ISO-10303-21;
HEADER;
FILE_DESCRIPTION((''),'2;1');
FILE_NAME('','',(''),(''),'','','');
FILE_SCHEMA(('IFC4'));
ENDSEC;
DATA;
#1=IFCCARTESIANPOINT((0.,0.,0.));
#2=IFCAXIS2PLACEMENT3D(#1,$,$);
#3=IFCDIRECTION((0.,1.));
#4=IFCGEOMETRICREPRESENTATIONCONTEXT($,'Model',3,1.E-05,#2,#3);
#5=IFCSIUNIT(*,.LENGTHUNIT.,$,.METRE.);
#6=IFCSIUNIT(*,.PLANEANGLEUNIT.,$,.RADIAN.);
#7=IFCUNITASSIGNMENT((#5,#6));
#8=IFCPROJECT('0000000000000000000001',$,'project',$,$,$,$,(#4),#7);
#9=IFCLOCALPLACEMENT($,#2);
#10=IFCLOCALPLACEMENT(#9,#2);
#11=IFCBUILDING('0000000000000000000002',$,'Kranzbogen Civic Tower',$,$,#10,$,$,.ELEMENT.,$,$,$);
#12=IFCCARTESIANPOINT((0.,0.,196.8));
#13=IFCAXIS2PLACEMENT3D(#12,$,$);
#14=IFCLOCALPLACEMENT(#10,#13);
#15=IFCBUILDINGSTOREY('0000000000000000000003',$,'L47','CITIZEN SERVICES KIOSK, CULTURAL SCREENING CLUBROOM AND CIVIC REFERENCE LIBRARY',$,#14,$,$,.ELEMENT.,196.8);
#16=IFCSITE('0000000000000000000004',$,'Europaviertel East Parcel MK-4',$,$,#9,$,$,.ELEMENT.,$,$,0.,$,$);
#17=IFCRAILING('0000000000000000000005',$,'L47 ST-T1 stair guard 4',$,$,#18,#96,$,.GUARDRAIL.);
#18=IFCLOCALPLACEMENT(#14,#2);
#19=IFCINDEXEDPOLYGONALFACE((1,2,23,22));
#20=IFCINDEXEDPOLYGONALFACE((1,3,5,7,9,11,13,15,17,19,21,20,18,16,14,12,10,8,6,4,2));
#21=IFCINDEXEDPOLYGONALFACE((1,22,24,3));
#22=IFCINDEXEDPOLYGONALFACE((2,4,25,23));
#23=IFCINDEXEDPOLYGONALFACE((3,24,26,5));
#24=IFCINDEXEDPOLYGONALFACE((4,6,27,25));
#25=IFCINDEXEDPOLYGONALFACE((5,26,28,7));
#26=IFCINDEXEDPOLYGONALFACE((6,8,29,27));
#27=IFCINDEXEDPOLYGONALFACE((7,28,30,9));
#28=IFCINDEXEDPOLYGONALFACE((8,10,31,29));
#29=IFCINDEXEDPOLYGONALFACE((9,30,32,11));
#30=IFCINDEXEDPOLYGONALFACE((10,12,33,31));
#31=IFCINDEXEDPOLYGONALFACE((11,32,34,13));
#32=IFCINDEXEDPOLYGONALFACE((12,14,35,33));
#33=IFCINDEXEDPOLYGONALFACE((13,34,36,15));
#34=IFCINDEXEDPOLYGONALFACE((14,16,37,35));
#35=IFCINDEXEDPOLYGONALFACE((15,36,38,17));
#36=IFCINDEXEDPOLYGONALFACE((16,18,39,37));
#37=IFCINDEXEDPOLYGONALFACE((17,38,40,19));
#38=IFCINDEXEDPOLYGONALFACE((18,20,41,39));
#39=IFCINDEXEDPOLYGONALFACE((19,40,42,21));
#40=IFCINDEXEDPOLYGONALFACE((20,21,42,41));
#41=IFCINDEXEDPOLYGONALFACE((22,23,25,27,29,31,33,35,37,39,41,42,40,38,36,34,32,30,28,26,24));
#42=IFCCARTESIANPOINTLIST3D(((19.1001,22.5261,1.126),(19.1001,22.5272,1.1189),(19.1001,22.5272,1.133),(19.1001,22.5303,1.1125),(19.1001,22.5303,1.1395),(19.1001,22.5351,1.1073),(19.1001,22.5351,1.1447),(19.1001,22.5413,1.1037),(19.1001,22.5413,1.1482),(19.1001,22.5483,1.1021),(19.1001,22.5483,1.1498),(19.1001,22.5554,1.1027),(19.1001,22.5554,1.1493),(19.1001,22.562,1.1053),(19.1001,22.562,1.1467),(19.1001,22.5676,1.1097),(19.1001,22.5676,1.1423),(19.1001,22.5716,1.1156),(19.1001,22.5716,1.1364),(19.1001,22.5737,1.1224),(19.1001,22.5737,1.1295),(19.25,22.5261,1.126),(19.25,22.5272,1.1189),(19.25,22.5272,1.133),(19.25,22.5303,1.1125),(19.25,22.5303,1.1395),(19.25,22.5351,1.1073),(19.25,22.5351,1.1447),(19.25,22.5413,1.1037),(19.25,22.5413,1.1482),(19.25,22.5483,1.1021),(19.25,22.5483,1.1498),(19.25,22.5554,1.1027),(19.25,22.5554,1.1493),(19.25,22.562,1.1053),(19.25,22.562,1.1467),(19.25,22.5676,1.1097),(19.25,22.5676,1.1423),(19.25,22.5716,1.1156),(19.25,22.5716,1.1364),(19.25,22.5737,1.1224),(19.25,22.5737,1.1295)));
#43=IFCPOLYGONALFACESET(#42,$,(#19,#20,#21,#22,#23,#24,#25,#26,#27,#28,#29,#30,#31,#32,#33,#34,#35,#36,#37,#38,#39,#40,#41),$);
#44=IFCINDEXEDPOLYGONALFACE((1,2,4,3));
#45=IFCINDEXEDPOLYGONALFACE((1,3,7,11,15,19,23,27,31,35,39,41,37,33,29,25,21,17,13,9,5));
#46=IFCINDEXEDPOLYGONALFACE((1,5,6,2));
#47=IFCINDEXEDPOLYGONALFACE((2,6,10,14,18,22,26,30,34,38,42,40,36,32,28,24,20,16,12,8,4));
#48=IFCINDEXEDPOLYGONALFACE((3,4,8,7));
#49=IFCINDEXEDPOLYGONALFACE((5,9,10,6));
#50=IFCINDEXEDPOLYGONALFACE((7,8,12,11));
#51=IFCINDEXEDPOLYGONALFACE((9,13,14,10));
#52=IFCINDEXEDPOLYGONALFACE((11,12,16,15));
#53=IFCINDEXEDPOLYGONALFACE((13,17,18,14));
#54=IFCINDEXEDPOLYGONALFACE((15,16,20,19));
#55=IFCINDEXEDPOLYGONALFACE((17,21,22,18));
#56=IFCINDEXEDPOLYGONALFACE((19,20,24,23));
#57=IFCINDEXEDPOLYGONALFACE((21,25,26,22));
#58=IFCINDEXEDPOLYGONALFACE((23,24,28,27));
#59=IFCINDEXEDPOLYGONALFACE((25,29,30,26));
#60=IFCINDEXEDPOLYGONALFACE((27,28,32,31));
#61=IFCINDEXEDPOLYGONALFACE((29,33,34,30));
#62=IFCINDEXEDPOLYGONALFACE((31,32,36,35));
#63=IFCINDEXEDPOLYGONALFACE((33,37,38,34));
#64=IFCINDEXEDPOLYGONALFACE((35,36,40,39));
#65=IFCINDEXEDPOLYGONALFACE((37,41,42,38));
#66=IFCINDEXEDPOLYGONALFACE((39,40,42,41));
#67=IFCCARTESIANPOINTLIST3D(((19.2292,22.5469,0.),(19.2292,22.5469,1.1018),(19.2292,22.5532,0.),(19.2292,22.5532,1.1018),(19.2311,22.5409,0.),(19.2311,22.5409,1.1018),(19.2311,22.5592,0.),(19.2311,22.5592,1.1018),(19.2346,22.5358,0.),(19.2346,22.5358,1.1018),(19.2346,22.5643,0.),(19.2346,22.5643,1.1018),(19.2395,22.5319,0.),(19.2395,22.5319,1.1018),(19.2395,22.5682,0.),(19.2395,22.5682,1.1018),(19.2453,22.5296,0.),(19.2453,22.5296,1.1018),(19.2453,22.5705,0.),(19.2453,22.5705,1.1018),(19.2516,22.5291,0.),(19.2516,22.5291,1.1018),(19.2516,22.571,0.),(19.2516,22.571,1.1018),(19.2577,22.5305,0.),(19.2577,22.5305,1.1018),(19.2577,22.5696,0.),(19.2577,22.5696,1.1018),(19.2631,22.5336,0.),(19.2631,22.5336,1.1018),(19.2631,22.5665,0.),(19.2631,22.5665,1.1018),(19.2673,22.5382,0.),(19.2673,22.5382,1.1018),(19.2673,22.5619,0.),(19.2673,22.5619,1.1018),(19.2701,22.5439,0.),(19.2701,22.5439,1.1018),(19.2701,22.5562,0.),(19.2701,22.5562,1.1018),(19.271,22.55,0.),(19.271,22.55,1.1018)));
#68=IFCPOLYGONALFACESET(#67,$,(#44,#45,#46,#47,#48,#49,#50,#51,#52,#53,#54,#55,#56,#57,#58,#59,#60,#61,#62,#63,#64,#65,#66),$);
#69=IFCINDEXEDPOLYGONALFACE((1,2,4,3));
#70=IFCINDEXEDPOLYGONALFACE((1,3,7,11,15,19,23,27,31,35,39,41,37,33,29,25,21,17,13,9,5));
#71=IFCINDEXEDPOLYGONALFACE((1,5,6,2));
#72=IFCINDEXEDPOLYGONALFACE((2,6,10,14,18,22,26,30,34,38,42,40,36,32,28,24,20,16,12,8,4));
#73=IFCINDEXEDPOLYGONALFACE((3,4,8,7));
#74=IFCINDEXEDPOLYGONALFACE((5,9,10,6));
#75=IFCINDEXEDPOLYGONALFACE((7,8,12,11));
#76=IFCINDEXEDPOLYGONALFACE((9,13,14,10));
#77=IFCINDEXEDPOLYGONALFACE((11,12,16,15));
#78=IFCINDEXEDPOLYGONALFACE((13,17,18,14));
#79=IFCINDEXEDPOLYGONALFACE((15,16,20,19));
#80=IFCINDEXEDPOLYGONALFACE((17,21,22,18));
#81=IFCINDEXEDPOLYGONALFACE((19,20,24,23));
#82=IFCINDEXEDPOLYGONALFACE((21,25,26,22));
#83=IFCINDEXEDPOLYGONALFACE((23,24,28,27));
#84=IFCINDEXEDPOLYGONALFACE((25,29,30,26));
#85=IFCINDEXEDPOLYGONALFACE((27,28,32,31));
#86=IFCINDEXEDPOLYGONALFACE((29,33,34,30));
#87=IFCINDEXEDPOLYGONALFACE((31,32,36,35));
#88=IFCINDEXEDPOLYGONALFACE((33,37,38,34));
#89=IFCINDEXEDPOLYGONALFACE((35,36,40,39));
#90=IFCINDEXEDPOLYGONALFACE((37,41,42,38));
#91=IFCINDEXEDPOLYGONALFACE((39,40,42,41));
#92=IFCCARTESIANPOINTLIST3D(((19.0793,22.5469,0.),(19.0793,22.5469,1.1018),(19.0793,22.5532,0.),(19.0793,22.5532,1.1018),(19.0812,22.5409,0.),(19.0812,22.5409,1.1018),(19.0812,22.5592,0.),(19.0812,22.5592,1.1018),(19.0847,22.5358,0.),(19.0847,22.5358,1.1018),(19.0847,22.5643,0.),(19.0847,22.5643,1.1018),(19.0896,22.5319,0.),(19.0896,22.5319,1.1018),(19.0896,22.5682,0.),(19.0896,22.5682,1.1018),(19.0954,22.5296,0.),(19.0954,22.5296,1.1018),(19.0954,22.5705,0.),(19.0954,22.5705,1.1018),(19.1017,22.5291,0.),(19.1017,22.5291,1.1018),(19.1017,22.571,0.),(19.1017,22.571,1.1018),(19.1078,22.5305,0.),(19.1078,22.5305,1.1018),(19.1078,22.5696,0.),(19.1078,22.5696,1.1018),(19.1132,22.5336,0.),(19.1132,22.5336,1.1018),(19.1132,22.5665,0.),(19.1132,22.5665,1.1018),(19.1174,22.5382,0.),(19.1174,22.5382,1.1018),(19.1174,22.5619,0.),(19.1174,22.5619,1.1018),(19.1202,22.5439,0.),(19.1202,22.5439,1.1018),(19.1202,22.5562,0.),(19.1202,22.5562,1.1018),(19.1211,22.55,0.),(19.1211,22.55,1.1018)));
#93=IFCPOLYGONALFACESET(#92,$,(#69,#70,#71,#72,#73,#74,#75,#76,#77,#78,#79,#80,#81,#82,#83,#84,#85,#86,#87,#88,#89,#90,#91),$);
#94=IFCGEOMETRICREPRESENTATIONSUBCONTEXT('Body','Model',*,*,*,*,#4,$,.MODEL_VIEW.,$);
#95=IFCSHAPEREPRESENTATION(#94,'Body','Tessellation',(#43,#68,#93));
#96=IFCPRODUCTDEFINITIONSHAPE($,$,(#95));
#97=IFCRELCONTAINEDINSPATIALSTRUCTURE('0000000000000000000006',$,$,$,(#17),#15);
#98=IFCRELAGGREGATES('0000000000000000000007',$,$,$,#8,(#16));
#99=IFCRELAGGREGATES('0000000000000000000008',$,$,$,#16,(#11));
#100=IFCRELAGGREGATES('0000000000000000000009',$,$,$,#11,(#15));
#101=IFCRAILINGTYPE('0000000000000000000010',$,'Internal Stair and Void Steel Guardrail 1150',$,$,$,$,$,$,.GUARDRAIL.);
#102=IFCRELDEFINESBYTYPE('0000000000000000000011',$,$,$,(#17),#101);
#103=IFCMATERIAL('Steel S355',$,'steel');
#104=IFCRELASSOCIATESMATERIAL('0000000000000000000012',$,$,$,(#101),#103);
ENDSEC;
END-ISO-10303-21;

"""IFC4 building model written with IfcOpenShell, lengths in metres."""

from ifc_helpers import new_model, si_unit, direction, frame, origin, origin_2d, place, context, subcontext, project, spatial, circle, extrude, material, type_object, element, save


model = new_model("IFC4")

# Units and contexts
model_context = context("Model", 3, precision=1e-05, world=origin(), true_north=direction((0.0, 1.0)))
body_context = subcontext(model_context, "Body", "Model", "MODEL_VIEW")
ifc_project = project(units=[si_unit("LENGTHUNIT", "METRE"), si_unit("PLANEANGLEUNIT", "RADIAN")], contexts=[model_context])

# Site, building, storey
site_placement = place(None, origin())
site = spatial("IfcSite", under=ifc_project, at=site_placement, Name="Europaviertel East Parcel MK-4", CompositionType="ELEMENT", RefElevation=0.0)
building_placement = place(site_placement, origin())
building = spatial("IfcBuilding", under=site, at=building_placement, Name="Kranzbogen Civic Tower", CompositionType="ELEMENT")
storey_placement = place(building_placement, frame((0.0, 0.0, 196.8)))
storey = spatial("IfcBuildingStorey", under=building, at=storey_placement, Name="L47", Description="CITIZEN SERVICES KIOSK, CULTURAL SCREENING CLUBROOM AND CIVIC REFERENCE LIBRARY", CompositionType="ELEMENT", Elevation=196.8)

# Shared definitions
ifc_material_1 = material(Name="Steel S355", Category="steel")

# Railing
railing_type_1 = type_object("IfcRailingType", Name="Internal Stair and Void Steel Guardrail 1150", PredefinedType="GUARDRAIL", material=ifc_material_1)
railing_1_placement = place(storey_placement, frame((19.25, 22.55, 0.0)))
element("IfcRailing", 1, at=railing_1_placement, inside=storey, type_object=railing_type_1, Name="L47 ST-T1 stair guard 4", PredefinedType="GUARDRAIL", context=body_context, shape_type="SweptSolid", body=[
    extrude(circle(Radius=0.0239, at=origin_2d()), frame((0.0, 0.0, 1.126), z_axis=(-1.0, 0.0, 0.0), x_axis=(0.0, -1.0, 0.0)), (0.0, 0.0, 1.0), 0.1499),
    extrude(circle(Radius=0.021, at=origin_2d()), origin(), (0.0, 0.0, 1.0), 1.1018),
    extrude(circle(Radius=0.021, at=origin_2d()), frame((-0.1499, 0.0, 0.0)), (0.0, 0.0, 1.0), 1.1018),
])

save(model, "model.ifc")
